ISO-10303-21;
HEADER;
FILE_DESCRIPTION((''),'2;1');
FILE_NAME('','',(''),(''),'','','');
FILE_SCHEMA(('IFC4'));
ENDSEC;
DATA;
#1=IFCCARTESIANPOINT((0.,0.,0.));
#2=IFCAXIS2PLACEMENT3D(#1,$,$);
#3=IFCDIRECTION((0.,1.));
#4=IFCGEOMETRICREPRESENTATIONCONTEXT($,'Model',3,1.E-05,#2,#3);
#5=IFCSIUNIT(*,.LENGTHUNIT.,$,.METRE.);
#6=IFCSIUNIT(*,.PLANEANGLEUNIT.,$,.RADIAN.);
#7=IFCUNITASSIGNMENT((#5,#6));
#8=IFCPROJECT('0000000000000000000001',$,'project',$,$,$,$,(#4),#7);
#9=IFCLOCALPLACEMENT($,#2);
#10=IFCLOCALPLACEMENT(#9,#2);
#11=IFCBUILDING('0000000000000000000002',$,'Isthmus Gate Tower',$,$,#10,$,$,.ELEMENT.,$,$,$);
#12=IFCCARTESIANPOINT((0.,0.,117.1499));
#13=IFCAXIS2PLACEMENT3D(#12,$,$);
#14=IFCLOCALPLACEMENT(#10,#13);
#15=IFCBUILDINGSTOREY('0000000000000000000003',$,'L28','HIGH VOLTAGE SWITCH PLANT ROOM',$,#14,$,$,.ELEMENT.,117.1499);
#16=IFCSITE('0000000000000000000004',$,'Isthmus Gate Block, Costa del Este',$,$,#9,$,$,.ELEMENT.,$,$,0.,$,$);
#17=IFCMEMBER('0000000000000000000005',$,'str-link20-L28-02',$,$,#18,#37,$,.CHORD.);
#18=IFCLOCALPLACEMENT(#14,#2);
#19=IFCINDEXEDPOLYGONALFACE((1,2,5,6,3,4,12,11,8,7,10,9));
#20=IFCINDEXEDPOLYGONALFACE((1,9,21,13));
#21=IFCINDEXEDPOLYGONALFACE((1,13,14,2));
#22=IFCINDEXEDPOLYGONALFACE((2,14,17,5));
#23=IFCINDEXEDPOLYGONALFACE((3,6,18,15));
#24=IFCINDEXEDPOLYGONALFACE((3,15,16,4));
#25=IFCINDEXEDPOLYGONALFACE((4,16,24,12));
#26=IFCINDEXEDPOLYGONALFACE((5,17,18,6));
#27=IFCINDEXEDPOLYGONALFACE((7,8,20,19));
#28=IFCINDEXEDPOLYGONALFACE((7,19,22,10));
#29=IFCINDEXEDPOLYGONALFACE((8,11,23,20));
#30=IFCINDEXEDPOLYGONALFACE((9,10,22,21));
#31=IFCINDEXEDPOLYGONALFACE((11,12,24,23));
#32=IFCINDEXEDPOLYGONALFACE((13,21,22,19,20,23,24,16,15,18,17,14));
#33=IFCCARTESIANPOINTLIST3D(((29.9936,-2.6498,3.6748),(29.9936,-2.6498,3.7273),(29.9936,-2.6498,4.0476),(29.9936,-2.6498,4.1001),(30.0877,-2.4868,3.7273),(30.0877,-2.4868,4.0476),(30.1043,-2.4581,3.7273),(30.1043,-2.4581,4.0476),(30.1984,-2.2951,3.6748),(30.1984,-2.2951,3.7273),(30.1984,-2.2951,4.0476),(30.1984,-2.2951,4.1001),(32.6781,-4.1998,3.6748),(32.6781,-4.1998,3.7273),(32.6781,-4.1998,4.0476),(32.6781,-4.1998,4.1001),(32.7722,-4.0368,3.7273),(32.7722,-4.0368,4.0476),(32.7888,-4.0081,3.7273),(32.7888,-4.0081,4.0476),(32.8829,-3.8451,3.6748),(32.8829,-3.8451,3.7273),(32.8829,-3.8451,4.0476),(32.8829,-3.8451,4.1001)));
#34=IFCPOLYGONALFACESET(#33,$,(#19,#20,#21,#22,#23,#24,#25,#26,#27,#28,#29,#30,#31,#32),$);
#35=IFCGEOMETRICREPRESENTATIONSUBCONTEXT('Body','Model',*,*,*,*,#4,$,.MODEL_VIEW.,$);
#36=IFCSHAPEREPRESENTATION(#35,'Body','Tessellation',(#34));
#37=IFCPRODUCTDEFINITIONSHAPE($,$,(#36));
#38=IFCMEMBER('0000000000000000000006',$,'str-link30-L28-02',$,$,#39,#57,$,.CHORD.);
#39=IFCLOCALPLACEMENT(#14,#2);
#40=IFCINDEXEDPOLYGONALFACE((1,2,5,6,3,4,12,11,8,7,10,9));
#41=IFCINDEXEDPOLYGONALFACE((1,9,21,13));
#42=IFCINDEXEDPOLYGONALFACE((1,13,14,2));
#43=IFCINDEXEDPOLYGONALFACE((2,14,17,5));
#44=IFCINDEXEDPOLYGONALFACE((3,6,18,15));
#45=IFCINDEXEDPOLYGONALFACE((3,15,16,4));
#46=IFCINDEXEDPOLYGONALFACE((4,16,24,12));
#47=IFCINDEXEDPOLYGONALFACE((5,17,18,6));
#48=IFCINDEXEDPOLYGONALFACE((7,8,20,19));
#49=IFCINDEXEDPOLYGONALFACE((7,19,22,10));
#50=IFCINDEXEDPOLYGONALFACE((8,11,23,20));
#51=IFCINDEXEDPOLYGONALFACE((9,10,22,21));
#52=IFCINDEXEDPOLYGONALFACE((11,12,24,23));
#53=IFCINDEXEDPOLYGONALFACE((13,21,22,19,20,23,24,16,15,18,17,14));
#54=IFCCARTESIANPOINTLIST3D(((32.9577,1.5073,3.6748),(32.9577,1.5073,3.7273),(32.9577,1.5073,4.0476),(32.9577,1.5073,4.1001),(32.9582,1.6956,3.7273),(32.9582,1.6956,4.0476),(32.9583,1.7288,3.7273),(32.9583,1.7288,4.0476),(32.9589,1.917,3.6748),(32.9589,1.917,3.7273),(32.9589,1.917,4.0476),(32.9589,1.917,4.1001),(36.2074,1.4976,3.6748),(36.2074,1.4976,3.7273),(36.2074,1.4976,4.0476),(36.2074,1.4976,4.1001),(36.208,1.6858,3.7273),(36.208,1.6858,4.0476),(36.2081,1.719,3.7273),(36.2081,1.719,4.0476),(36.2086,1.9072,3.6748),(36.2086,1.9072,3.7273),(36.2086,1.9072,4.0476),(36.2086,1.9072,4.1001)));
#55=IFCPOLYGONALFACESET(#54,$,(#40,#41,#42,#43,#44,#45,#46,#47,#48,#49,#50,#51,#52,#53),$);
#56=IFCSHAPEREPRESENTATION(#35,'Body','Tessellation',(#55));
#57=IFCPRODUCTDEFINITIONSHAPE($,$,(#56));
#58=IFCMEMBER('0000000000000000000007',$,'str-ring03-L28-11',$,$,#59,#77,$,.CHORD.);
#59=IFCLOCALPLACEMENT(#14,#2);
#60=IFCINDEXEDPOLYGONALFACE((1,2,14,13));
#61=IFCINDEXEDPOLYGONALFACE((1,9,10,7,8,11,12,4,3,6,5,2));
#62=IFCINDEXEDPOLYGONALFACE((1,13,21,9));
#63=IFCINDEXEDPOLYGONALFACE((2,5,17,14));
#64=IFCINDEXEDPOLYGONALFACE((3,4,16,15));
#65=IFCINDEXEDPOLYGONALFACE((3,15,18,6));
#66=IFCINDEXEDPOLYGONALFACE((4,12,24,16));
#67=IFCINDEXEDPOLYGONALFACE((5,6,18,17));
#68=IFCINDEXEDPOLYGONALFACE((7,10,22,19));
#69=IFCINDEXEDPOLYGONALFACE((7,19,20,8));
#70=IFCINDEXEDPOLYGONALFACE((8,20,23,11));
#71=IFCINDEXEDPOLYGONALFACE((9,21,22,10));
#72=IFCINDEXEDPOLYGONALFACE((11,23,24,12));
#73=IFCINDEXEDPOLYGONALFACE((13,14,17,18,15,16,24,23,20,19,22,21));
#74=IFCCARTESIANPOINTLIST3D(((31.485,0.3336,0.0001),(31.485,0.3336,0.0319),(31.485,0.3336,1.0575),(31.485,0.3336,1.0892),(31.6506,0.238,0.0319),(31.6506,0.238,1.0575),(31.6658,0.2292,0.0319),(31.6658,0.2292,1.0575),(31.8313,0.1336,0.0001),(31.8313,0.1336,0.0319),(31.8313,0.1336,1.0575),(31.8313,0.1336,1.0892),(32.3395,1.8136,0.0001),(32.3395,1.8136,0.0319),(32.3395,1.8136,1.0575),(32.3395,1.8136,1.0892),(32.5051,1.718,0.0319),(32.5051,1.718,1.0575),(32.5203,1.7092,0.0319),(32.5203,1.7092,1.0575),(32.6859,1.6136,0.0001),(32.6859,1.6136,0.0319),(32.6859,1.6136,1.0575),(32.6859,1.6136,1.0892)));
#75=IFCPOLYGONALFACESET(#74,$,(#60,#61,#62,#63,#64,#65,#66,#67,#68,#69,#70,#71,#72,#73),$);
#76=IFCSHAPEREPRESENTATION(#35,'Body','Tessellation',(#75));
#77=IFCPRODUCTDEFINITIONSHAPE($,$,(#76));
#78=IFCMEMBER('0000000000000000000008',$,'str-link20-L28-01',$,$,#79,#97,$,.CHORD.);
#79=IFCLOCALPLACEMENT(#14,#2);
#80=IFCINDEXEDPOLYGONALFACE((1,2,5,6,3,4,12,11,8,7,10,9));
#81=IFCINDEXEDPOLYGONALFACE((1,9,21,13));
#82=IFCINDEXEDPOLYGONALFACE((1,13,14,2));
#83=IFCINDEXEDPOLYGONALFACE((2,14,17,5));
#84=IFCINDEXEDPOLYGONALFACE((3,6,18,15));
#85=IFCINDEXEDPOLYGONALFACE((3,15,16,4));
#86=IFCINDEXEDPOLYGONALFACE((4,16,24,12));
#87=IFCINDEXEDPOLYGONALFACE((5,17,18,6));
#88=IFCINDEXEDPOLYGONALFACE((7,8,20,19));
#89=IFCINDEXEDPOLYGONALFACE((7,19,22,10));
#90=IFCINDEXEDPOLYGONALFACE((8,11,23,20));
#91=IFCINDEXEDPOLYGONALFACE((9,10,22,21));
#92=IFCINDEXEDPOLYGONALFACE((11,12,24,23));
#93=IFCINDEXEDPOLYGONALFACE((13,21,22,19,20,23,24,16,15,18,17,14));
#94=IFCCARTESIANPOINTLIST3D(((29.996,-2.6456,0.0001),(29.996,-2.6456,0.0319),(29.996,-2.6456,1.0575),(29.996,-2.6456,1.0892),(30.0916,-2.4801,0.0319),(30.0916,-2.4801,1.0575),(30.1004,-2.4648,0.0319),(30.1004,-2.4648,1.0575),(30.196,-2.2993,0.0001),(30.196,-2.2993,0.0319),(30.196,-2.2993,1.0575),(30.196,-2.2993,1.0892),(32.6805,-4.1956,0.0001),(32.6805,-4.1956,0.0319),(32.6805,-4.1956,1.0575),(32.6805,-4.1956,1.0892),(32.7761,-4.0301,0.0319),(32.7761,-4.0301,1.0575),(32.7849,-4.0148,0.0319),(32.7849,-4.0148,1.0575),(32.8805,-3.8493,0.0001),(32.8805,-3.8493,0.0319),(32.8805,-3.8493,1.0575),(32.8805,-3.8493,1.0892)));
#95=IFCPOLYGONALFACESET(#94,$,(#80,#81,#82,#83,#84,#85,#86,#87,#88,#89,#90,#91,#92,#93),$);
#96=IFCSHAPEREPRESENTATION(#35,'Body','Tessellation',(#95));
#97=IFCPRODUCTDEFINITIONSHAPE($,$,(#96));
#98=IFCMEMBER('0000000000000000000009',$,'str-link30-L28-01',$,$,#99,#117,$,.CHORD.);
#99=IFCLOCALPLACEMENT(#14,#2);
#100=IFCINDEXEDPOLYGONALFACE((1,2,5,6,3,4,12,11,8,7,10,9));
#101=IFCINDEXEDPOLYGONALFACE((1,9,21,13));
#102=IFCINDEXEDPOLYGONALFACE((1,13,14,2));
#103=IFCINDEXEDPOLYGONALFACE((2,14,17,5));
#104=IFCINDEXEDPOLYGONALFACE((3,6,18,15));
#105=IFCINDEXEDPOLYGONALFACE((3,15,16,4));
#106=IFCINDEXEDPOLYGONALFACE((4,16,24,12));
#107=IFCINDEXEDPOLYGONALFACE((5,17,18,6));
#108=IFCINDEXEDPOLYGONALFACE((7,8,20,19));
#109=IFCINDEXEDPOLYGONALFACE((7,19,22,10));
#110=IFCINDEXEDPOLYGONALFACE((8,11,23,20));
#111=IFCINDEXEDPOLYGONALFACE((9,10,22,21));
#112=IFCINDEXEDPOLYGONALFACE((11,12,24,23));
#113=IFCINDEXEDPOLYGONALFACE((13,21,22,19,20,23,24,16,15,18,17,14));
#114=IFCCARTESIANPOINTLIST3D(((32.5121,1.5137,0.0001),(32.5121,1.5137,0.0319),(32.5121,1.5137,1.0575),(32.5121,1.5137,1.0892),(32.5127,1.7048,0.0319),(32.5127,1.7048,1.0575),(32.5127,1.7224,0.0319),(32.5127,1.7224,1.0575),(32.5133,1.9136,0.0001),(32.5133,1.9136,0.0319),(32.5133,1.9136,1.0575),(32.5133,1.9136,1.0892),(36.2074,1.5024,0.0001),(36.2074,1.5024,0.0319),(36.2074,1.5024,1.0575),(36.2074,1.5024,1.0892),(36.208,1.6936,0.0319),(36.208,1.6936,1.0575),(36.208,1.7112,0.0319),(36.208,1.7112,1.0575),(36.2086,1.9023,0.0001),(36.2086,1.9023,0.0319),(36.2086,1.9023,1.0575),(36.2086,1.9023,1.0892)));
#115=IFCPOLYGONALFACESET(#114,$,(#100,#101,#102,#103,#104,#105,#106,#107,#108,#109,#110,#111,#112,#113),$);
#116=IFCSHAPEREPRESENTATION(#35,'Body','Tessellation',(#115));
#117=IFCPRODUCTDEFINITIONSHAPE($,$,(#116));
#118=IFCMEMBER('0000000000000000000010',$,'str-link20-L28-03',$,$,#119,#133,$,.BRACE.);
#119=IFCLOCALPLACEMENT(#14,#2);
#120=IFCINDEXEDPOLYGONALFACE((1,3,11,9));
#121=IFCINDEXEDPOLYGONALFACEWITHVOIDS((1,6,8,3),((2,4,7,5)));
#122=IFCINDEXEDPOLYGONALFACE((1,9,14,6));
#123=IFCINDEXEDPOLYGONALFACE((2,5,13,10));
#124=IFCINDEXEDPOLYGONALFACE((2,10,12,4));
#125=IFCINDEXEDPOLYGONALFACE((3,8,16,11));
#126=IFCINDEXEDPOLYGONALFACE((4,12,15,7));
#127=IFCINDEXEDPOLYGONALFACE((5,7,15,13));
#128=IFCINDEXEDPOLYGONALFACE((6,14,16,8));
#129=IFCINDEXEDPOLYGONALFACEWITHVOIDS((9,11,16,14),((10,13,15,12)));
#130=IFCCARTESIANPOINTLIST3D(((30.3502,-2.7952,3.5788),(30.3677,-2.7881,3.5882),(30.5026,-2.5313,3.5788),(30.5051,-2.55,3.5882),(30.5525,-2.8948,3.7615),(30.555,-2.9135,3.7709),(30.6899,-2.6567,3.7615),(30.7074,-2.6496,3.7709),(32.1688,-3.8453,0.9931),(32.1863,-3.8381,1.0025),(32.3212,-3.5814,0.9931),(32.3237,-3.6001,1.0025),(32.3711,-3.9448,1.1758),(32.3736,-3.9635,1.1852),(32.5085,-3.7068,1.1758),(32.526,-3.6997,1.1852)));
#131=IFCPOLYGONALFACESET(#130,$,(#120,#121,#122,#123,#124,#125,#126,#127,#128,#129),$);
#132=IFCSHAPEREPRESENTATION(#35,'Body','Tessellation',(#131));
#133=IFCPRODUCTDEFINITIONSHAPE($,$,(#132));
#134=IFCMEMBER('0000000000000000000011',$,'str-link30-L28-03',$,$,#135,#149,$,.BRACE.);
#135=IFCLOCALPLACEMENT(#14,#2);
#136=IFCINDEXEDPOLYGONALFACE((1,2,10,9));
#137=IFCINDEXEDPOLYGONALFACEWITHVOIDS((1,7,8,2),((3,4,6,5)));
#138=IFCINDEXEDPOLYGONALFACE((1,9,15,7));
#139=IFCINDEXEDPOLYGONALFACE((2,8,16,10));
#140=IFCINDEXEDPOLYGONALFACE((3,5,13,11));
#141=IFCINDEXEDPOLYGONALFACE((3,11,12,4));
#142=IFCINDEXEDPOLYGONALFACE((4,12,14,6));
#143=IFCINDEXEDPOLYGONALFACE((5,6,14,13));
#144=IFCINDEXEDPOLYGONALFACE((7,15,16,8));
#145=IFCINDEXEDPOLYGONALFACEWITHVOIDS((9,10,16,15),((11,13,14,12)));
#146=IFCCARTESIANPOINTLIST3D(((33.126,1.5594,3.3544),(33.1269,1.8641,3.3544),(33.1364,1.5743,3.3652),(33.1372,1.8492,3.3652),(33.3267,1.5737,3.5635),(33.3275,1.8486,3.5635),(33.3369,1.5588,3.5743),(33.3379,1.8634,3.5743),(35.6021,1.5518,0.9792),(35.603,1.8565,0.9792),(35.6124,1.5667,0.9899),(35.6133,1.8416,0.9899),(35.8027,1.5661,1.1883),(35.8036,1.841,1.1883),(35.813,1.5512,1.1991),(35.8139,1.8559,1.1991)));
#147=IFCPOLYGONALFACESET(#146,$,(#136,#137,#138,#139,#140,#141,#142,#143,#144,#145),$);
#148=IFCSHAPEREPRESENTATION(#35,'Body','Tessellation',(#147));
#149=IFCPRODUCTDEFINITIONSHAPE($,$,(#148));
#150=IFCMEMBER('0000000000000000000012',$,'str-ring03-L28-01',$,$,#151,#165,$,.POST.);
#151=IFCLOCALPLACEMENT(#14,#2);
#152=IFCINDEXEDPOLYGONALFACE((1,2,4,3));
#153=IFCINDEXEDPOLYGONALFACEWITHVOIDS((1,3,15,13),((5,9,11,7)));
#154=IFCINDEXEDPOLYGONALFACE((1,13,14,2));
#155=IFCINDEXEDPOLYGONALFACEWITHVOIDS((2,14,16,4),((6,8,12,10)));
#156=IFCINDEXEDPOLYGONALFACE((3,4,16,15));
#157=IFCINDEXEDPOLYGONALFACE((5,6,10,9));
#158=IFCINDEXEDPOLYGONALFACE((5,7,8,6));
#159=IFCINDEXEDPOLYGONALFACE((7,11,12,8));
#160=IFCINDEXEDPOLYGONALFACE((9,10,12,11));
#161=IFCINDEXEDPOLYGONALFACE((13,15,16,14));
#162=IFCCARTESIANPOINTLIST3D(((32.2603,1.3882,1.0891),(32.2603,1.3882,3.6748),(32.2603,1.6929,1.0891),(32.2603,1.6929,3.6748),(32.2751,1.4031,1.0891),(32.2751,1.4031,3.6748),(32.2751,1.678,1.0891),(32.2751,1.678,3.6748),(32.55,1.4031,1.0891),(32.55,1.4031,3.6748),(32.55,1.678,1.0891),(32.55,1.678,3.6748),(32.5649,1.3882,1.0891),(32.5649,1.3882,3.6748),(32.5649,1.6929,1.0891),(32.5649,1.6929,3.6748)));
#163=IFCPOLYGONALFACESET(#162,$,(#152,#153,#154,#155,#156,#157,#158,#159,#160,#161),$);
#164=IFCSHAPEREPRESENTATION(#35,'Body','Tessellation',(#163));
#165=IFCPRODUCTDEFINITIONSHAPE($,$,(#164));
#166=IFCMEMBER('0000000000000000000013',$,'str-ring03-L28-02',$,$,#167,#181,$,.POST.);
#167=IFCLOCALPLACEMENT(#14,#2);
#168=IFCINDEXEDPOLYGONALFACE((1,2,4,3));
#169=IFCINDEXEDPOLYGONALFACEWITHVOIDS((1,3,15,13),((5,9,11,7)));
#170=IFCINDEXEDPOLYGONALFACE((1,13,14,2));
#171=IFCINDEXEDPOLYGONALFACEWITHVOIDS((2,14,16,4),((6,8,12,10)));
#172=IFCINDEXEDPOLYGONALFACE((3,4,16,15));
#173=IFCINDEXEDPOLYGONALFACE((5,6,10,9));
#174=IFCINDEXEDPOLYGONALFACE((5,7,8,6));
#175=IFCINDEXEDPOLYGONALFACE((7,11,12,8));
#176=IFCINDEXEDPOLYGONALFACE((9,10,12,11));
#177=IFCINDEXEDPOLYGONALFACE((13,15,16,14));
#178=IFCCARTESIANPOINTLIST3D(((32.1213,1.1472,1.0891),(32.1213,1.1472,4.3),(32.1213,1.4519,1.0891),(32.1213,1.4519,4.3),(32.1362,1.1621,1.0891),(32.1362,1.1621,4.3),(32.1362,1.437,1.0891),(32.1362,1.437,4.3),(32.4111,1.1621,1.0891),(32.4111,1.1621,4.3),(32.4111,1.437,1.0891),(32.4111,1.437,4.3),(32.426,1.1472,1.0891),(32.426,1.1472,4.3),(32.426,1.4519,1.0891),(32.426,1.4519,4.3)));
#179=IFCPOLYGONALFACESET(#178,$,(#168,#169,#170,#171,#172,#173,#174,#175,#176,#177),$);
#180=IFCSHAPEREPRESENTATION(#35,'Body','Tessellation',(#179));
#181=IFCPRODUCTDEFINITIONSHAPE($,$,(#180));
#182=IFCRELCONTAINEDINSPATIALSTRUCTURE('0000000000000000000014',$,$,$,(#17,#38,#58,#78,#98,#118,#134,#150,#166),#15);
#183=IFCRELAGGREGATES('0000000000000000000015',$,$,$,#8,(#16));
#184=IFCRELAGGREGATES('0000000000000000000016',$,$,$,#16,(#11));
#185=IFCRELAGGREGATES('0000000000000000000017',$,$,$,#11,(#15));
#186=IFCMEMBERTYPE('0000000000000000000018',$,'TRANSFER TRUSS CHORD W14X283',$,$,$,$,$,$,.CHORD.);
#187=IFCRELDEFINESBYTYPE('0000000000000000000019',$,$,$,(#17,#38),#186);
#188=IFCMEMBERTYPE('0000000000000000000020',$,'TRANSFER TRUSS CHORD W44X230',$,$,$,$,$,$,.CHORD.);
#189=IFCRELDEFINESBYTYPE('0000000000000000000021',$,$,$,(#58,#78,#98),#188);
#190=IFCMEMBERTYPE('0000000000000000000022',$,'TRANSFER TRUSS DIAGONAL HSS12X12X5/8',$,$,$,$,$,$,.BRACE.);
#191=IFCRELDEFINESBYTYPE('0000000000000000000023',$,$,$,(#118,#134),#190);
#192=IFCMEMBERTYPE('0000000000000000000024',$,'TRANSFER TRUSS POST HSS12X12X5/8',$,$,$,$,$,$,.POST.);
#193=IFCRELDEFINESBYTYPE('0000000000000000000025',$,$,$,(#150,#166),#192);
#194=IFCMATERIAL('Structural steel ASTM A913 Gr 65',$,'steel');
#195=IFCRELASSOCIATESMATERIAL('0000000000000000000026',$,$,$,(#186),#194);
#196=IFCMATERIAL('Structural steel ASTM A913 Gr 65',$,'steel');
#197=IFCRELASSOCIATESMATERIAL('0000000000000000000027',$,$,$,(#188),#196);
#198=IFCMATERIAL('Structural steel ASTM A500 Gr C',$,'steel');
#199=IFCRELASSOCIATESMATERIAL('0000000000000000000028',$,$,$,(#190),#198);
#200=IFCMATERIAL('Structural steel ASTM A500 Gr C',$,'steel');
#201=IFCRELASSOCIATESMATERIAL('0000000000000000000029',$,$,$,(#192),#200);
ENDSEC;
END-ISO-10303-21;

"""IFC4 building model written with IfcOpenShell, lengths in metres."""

from ifc_helpers import new_model, si_unit, direction, frame, origin, origin_2d, place, context, subcontext, project, spatial, hollow_rectangle, i_section, extrude, material, material_profile, profile_set, type_object, element, save


model = new_model("IFC4")

# Units and contexts
model_context = context("Model", 3, precision=1e-05, world=origin(), true_north=direction((0.0, 1.0)))
body_context = subcontext(model_context, "Body", "Model", "MODEL_VIEW")
ifc_project = project(units=[si_unit("LENGTHUNIT", "METRE"), si_unit("PLANEANGLEUNIT", "RADIAN")], contexts=[model_context])

# Site, building, storey
site_placement = place(None, origin())
site = spatial("IfcSite", under=ifc_project, at=site_placement, Name="Isthmus Gate Block, Costa del Este", CompositionType="ELEMENT", RefElevation=0.0)
building_placement = place(site_placement, origin())
building = spatial("IfcBuilding", under=site, at=building_placement, Name="Isthmus Gate Tower", CompositionType="ELEMENT")
storey_placement = place(building_placement, frame((0.0, 0.0, 117.1499)))
storey = spatial("IfcBuildingStorey", under=building, at=storey_placement, Name="L28", Description="HIGH VOLTAGE SWITCH PLANT ROOM", CompositionType="ELEMENT", Elevation=117.1499)

# Members
ifc_material_1 = material(Name="Structural steel ASTM A913 Gr 65", Category="steel")
ifc_material_profile_1 = material_profile(ifc_material_1, i_section(OverallWidth=0.4097, OverallDepth=0.4253, WebThickness=0.0332, FlangeThickness=0.0525, at=origin_2d()), Name="W14X283")
ifc_profile_set_1 = profile_set([ifc_material_profile_1], Name="Structural steel ASTM A913 Gr 65")
member_type_1 = type_object("IfcMemberType", Name="TRANSFER TRUSS CHORD W14X283", PredefinedType="CHORD", material=ifc_profile_set_1)
member_1_placement = place(storey_placement, frame((32.7805, -4.0225, 3.8875), z_axis=(-0.86601, 0.500027, 0.0), x_axis=(-0.500027, -0.86601, 0.0)))
element("IfcMember", 1, at=member_1_placement, inside=storey, type_object=member_type_1, Name="str-link20-L28-02", PredefinedType="CHORD", context=body_context, shape_type="SweptSolid", body=[
    extrude(i_section(OverallWidth=0.4097, OverallDepth=0.4253, WebThickness=0.0332, FlangeThickness=0.0525, at=origin_2d()), origin(), (0.0, 0.0, 1.0), 3.0999),
])
member_2_placement = place(storey_placement, frame((36.208, 1.7024, 3.8875), z_axis=(-0.999995, 0.003005, 0.0), x_axis=(-0.003005, -0.999995, 0.0)))
element("IfcMember", 2, at=member_2_placement, inside=storey, type_object=member_type_1, Name="str-link30-L28-02", PredefinedType="CHORD", context=body_context, shape_type="SweptSolid", body=[
    extrude(i_section(OverallWidth=0.4097, OverallDepth=0.4253, WebThickness=0.0332, FlangeThickness=0.0525, at=origin_2d()), origin(), (0.0, 0.0, 1.0), 3.2498),
])
ifc_material_2 = material(Name="Structural steel ASTM A913 Gr 65", Category="steel")
ifc_material_profile_2 = material_profile(ifc_material_2, i_section(OverallWidth=0.3999, OverallDepth=1.0891, WebThickness=0.0176, FlangeThickness=0.0317, at=origin_2d()), Name="W44X230")
ifc_profile_set_2 = profile_set([ifc_material_profile_2], Name="Structural steel ASTM A913 Gr 65")
member_type_2 = type_object("IfcMemberType", Name="TRANSFER TRUSS CHORD W44X230", PredefinedType="CHORD", material=ifc_profile_set_2)
member_3_placement = place(storey_placement, frame((32.5127, 1.7136, 0.5447), z_axis=(-0.500011, -0.866019, 0.0), x_axis=(0.866019, -0.500011, 0.0)))
element("IfcMember", 3, at=member_3_placement, inside=storey, type_object=member_type_2, Name="str-ring03-L28-11", PredefinedType="CHORD", context=body_context, shape_type="SweptSolid", body=[
    extrude(i_section(OverallWidth=0.3999, OverallDepth=1.0891, WebThickness=0.0176, FlangeThickness=0.0317, at=origin_2d()), origin(), (0.0, 0.0, 1.0), 1.709),
])
member_4_placement = place(storey_placement, frame((32.7805, -4.0225, 0.5447), z_axis=(-0.86601, 0.500027, 0.0), x_axis=(-0.500027, -0.86601, 0.0)))
element("IfcMember", 4, at=member_4_placement, inside=storey, type_object=member_type_2, Name="str-link20-L28-01", PredefinedType="CHORD", context=body_context, shape_type="SweptSolid", body=[
    extrude(i_section(OverallWidth=0.3999, OverallDepth=1.0891, WebThickness=0.0176, FlangeThickness=0.0317, at=origin_2d()), origin(), (0.0, 0.0, 1.0), 3.0999),
])
member_5_placement = place(storey_placement, frame((36.208, 1.7024, 0.5447), z_axis=(-0.999995, 0.003039, 0.0), x_axis=(-0.003039, -0.999995, 0.0)))
element("IfcMember", 5, at=member_5_placement, inside=storey, type_object=member_type_2, Name="str-link30-L28-01", PredefinedType="CHORD", context=body_context, shape_type="SweptSolid", body=[
    extrude(i_section(OverallWidth=0.3999, OverallDepth=1.0891, WebThickness=0.0176, FlangeThickness=0.0317, at=origin_2d()), origin(), (0.0, 0.0, 1.0), 3.6953),
])
ifc_material_3 = material(Name="Structural steel ASTM A500 Gr C", Category="steel")
ifc_material_profile_3 = material_profile(ifc_material_3, hollow_rectangle(XDim=0.3047, YDim=0.3047, WallThickness=0.0149, at=origin_2d()), Name="HSS12X12X5/8")
ifc_profile_set_3 = profile_set([ifc_material_profile_3], Name="Structural steel ASTM A500 Gr C")
member_type_3 = type_object("IfcMemberType", Name="TRANSFER TRUSS DIAGONAL HSS12X12X5/8", PredefinedType="BRACE", material=ifc_profile_set_3)
member_6_placement = place(storey_placement, frame((32.3474, -3.7725, 1.0891), z_axis=(-0.545959, 0.315233, 0.776245), x_axis=(-0.500028, -0.866009, 0.0)))
element("IfcMember", 6, at=member_6_placement, inside=storey, type_object=member_type_3, Name="str-link20-L28-03", PredefinedType="BRACE", context=body_context, shape_type="SweptSolid", body=[
    extrude(hollow_rectangle(XDim=0.3047, YDim=0.3047, WallThickness=0.0149, at=origin_2d()), origin(), (0.0, 0.0, 1.0), 3.3311),
])
member_7_placement = place(storey_placement, frame((35.708, 1.7039, 1.0891), z_axis=(-0.721646, 0.002206, 0.692259), x_axis=(-0.003057, -0.999995, 0.0)))
element("IfcMember", 7, at=member_7_placement, inside=storey, type_object=member_type_3, Name="str-link30-L28-03", PredefinedType="BRACE", context=body_context, shape_type="SweptSolid", body=[
    extrude(hollow_rectangle(XDim=0.3047, YDim=0.3047, WallThickness=0.0149, at=origin_2d()), origin(), (0.0, 0.0, 1.0), 3.4312),
])
ifc_material_4 = material(Name="Structural steel ASTM A500 Gr C", Category="steel")
ifc_material_profile_4 = material_profile(ifc_material_4, hollow_rectangle(XDim=0.3047, YDim=0.3047, WallThickness=0.0149, at=origin_2d()), Name="HSS12X12X5/8")
ifc_profile_set_4 = profile_set([ifc_material_profile_4], Name="Structural steel ASTM A500 Gr C")
member_type_4 = type_object("IfcMemberType", Name="TRANSFER TRUSS POST HSS12X12X5/8", PredefinedType="POST", material=ifc_profile_set_4)
member_8_placement = place(storey_placement, frame((32.4126, 1.5405, 1.0891), z_axis=(0.0, 0.0, 1.0), x_axis=(1.0, 0.0, 0.0)))
element("IfcMember", 8, at=member_8_placement, inside=storey, type_object=member_type_4, Name="str-ring03-L28-01", PredefinedType="POST", context=body_context, shape_type="SweptSolid", body=[
    extrude(hollow_rectangle(XDim=0.3047, YDim=0.3047, WallThickness=0.0149, at=origin_2d()), origin(), (0.0, 0.0, 1.0), 2.5857),
])
member_9_placement = place(storey_placement, frame((32.2737, 1.2996, 1.0891), z_axis=(0.0, 0.0, 1.0), x_axis=(1.0, 0.0, 0.0)))
element("IfcMember", 9, at=member_9_placement, inside=storey, type_object=member_type_4, Name="str-ring03-L28-02", PredefinedType="POST", context=body_context, shape_type="SweptSolid", body=[
    extrude(hollow_rectangle(XDim=0.3047, YDim=0.3047, WallThickness=0.0149, at=origin_2d()), origin(), (0.0, 0.0, 1.0), 3.2109),
])

save(model, "model.ifc")
